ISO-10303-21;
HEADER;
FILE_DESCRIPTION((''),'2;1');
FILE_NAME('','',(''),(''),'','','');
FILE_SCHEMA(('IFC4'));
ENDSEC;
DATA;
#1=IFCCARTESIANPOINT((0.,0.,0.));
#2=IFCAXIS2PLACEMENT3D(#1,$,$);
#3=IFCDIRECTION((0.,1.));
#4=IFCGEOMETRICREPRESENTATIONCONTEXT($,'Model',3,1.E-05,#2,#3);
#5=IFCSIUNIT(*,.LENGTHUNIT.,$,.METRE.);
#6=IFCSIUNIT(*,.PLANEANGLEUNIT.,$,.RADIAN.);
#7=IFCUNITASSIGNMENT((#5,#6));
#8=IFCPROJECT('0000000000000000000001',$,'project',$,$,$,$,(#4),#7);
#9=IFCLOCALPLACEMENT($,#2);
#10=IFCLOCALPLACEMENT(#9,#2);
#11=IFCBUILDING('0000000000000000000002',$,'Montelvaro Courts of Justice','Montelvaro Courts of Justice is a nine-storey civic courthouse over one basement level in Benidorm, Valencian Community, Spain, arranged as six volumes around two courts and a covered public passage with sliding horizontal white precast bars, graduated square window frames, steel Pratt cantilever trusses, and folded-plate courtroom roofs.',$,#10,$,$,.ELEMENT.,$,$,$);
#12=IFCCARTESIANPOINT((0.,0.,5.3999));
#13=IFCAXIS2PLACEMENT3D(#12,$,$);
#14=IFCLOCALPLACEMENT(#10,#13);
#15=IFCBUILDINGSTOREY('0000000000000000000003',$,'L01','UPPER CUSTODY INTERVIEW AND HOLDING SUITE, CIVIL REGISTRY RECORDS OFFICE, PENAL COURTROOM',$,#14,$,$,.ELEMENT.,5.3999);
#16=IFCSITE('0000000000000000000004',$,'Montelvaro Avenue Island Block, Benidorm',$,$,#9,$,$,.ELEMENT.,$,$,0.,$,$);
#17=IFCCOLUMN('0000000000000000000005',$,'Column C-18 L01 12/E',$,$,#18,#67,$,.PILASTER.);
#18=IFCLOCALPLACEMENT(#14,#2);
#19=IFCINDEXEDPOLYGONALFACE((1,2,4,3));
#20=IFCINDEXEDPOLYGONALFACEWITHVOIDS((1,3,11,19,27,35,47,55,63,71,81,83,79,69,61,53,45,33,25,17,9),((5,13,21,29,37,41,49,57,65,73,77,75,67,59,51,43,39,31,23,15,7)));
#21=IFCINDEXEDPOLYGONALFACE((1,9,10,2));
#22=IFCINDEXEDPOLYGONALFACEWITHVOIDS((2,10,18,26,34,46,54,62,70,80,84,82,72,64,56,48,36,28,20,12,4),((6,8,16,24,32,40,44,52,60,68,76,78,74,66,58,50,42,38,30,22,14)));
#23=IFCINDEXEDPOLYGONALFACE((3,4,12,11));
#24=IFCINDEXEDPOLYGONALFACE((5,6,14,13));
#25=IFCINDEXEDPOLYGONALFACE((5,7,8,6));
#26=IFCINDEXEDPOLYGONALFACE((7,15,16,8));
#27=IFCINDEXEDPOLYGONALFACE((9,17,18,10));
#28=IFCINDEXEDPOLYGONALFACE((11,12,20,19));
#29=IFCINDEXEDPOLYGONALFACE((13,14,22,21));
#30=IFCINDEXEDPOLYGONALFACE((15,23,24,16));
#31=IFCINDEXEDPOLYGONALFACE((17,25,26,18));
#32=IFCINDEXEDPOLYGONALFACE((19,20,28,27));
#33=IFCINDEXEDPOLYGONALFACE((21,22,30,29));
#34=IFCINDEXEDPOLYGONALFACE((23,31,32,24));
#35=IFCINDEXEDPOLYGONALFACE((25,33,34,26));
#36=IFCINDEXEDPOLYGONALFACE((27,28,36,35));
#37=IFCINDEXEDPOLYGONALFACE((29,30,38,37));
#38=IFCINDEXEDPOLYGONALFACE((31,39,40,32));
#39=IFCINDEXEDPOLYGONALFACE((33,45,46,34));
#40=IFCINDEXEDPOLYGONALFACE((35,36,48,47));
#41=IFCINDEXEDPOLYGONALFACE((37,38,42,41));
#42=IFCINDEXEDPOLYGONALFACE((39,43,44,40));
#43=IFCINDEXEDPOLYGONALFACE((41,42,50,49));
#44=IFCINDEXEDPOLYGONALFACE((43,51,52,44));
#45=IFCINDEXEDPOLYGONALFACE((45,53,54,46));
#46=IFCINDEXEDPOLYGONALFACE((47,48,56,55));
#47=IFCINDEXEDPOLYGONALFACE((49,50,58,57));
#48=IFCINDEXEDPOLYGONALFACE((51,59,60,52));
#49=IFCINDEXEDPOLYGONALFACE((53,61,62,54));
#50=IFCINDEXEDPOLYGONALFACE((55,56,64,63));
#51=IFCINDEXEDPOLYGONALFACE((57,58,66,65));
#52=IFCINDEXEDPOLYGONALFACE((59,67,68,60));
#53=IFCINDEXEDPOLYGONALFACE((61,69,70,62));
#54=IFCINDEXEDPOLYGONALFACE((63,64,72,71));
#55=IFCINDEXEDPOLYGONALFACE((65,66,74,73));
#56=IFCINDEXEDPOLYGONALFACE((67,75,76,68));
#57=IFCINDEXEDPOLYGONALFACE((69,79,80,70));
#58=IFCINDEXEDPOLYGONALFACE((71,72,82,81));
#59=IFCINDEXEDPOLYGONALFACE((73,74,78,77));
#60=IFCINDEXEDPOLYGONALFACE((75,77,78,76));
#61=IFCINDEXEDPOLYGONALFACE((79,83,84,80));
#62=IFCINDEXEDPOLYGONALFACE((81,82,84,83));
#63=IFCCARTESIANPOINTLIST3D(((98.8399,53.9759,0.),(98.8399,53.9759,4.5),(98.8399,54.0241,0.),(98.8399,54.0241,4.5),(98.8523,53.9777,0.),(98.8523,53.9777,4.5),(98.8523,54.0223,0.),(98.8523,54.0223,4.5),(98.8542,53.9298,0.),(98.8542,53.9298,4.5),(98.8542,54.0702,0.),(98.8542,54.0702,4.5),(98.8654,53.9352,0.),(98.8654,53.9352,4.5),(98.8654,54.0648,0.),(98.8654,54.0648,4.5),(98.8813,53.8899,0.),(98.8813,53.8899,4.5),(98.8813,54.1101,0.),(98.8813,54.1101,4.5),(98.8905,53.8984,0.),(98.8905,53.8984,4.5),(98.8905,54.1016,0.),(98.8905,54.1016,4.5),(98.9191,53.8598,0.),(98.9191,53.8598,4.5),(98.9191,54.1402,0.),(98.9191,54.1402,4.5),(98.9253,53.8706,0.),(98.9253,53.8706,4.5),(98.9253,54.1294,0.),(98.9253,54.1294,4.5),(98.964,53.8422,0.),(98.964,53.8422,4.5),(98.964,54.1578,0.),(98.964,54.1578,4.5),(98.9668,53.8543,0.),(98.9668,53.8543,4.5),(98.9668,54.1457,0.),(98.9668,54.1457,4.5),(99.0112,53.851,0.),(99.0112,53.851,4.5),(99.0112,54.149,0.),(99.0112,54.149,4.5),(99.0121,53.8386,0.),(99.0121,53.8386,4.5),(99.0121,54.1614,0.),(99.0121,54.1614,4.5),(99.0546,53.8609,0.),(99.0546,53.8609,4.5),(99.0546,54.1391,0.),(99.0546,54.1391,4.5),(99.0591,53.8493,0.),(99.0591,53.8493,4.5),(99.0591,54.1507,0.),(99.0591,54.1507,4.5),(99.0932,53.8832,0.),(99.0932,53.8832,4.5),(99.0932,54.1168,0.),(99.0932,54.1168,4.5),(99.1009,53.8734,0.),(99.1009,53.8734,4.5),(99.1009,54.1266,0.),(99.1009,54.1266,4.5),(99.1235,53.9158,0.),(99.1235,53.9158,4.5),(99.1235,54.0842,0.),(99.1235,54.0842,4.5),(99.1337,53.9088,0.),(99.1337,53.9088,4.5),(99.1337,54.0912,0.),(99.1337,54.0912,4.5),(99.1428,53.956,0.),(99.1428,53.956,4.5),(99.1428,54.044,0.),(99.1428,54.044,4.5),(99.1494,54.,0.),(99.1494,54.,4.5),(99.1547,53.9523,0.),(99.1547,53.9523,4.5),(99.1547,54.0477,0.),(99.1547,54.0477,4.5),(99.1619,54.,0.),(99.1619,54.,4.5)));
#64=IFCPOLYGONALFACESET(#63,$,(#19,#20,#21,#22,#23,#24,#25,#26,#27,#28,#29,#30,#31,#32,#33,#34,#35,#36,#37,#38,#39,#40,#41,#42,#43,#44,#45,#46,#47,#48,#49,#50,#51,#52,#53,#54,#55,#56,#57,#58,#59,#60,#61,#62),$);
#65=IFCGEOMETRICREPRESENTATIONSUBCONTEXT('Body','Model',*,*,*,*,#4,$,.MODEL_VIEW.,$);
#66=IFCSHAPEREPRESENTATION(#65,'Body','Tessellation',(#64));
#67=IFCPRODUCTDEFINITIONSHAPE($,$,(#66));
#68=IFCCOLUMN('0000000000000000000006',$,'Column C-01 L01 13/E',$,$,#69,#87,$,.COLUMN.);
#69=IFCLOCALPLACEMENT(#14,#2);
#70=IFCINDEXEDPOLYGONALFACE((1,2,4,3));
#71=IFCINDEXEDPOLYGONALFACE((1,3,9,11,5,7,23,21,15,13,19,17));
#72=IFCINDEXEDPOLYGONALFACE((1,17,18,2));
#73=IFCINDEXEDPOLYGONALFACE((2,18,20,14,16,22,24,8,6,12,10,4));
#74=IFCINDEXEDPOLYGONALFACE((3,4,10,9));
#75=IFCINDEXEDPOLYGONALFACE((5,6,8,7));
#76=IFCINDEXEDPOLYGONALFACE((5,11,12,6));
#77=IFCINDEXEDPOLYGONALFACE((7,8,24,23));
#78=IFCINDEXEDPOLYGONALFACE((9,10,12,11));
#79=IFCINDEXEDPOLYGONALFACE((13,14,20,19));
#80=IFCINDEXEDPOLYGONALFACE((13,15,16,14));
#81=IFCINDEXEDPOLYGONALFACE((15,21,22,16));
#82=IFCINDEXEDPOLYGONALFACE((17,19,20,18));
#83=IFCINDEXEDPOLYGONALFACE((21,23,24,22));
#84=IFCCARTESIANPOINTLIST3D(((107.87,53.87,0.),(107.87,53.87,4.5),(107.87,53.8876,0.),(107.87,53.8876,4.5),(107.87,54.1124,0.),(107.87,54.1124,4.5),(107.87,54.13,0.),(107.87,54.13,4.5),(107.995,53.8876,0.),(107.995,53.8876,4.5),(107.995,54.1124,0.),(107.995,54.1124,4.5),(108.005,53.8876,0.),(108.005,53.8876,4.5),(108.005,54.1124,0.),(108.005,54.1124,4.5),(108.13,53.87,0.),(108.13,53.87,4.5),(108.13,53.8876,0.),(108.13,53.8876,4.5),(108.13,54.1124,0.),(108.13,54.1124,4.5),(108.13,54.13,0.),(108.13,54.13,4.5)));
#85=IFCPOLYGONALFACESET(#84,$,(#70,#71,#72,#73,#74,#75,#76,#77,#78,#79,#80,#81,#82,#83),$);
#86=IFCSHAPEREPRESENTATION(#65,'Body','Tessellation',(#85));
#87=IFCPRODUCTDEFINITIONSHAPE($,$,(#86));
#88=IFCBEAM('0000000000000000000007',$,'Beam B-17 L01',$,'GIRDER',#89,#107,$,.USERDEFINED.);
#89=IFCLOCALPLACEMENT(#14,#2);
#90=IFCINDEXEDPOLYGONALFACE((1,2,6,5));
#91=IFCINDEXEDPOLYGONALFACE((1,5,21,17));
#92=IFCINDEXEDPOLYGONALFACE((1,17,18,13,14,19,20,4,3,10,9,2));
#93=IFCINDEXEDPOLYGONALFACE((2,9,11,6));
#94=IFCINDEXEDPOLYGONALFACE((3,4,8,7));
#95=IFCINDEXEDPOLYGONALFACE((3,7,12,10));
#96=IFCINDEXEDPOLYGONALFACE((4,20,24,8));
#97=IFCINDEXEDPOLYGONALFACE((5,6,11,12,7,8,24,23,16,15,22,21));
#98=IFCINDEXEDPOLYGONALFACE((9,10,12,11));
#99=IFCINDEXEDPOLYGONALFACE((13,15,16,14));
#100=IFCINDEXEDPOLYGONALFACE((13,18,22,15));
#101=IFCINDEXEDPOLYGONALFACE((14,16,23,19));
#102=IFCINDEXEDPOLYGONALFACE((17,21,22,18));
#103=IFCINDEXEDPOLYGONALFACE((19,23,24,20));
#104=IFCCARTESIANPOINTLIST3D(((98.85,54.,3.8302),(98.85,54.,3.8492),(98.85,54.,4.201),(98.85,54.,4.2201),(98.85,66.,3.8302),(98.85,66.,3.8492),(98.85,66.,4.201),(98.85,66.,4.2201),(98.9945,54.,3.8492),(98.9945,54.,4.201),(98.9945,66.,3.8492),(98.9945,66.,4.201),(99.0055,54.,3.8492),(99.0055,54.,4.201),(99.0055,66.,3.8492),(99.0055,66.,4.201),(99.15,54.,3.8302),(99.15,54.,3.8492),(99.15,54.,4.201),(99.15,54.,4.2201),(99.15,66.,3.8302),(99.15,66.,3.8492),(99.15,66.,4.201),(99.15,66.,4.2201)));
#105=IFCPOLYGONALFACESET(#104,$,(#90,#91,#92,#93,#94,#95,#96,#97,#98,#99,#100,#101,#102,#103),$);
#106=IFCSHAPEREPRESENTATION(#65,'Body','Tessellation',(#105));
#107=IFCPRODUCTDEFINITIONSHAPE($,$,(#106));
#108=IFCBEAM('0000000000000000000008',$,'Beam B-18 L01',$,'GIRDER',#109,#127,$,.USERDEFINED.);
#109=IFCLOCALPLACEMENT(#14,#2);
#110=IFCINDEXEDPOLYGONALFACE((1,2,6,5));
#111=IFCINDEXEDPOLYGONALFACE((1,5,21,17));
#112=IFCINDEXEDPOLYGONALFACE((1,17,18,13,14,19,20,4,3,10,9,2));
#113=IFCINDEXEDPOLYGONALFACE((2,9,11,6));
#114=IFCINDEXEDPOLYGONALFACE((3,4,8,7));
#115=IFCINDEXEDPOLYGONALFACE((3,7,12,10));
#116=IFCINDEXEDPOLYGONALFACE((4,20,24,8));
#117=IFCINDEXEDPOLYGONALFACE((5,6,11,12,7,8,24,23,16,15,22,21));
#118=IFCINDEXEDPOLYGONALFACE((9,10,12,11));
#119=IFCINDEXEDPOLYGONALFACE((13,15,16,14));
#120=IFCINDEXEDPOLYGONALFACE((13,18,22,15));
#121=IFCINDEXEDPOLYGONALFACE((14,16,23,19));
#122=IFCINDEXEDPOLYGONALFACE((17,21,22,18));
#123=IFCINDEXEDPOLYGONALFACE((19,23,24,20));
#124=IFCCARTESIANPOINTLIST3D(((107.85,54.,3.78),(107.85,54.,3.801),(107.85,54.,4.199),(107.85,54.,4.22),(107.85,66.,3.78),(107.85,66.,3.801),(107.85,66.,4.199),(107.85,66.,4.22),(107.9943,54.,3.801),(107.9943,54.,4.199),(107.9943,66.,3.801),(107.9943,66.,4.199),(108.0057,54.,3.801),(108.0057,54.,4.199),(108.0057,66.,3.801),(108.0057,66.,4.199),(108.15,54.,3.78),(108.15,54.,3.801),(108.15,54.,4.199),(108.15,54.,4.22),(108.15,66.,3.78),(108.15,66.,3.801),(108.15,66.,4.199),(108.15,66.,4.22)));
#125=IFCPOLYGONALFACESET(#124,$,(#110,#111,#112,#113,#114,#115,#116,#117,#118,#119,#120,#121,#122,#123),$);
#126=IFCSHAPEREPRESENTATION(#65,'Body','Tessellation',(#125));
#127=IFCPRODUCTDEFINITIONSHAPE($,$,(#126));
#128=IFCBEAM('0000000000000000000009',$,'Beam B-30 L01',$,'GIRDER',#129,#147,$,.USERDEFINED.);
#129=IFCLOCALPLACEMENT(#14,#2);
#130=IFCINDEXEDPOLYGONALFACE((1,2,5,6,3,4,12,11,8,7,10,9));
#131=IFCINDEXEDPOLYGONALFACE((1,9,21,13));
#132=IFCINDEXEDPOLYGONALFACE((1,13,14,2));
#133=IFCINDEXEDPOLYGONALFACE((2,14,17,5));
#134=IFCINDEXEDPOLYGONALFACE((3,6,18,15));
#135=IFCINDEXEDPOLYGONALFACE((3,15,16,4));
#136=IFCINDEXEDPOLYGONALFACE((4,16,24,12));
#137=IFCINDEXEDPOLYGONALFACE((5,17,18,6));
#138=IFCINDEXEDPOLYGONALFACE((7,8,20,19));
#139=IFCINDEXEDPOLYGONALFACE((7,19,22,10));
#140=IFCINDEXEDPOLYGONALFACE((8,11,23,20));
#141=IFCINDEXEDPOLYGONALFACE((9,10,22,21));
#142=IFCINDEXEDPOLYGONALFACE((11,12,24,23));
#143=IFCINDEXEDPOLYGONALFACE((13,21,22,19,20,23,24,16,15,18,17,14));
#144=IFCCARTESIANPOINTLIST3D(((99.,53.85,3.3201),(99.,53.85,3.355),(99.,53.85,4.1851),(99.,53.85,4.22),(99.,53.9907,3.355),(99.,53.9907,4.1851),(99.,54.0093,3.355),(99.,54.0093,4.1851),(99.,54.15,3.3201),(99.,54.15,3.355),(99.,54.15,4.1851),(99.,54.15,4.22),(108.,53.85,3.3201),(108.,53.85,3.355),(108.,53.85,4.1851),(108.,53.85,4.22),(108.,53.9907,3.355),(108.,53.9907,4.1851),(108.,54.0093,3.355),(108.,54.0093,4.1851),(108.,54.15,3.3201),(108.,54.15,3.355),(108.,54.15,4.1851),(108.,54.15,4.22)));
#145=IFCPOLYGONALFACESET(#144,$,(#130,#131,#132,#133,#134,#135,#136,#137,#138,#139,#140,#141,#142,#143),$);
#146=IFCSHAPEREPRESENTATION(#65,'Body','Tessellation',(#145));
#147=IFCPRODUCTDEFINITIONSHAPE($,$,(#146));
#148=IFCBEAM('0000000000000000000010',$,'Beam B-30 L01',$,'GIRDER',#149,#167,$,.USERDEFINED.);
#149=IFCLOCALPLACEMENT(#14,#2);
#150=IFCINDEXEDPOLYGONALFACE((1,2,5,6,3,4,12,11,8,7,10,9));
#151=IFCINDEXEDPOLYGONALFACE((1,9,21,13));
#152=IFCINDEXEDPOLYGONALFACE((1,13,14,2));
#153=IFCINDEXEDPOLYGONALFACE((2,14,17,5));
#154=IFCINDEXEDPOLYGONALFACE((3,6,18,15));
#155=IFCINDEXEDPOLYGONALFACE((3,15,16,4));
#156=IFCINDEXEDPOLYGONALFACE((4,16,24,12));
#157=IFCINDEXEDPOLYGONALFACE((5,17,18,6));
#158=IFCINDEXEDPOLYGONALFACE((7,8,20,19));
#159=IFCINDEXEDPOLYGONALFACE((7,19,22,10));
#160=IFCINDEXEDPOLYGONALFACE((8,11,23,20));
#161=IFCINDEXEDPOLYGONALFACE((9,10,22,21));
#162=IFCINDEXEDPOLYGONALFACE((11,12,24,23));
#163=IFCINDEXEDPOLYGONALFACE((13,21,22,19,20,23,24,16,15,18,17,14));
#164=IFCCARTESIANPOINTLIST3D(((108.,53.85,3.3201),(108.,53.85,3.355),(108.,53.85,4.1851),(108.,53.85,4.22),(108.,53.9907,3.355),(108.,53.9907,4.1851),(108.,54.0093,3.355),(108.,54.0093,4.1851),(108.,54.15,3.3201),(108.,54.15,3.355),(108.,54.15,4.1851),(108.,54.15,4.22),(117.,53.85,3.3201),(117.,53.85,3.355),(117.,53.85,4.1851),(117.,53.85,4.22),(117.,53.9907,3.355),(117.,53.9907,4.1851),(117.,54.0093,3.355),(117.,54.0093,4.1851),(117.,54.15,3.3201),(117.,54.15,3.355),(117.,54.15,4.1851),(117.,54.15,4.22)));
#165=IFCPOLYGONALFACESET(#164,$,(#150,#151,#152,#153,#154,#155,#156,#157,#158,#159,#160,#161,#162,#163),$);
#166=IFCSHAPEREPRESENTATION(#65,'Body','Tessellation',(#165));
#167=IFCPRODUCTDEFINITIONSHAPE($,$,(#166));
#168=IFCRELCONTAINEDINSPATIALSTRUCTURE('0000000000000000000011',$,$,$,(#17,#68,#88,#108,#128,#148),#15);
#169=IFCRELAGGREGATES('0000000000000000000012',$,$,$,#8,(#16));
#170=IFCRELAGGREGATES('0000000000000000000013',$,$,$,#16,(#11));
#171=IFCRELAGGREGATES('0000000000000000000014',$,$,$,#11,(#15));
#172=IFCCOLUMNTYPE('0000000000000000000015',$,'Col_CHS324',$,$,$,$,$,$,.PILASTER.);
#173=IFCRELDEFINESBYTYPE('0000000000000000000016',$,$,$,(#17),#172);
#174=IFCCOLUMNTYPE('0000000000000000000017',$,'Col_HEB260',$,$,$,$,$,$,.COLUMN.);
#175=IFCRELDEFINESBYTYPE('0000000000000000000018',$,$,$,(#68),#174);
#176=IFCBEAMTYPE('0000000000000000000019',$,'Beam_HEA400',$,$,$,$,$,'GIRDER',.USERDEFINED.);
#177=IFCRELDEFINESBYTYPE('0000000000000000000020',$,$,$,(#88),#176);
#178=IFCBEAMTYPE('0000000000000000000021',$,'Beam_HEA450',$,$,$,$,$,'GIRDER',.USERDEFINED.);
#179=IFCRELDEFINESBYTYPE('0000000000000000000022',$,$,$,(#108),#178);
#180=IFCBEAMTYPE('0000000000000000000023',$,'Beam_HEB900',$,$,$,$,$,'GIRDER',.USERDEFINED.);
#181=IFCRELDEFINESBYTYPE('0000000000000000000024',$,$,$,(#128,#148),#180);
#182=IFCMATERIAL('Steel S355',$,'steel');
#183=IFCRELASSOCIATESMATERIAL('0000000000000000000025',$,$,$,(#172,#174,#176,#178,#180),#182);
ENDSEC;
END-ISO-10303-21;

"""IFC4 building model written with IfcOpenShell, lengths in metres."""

from ifc_helpers import new_model, si_unit, direction, frame, origin, origin_2d, place, context, subcontext, project, spatial, hollow_circle, i_section, extrude, material, material_profile, profile_set, type_object, element, save


model = new_model("IFC4")

# Units and contexts
model_context = context("Model", 3, precision=1e-05, world=origin(), true_north=direction((0.0, 1.0)))
body_context = subcontext(model_context, "Body", "Model", "MODEL_VIEW")
ifc_project = project(units=[si_unit("LENGTHUNIT", "METRE"), si_unit("PLANEANGLEUNIT", "RADIAN")], contexts=[model_context])

# Site, building, storey
site_placement = place(None, origin())
site = spatial("IfcSite", under=ifc_project, at=site_placement, Name="Montelvaro Avenue Island Block, Benidorm", CompositionType="ELEMENT", RefElevation=0.0)
building_placement = place(site_placement, origin())
building = spatial("IfcBuilding", under=site, at=building_placement, Name="Montelvaro Courts of Justice", Description="Montelvaro Courts of Justice is a nine-storey civic courthouse over one basement level in Benidorm, Valencian Community, Spain, arranged as six volumes around two courts and a covered public passage with sliding horizontal white precast bars, graduated square window frames, steel Pratt cantilever trusses, and folded-plate courtroom roofs.", CompositionType="ELEMENT")
storey_placement = place(building_placement, frame((0.0, 0.0, 5.3999)))
storey = spatial("IfcBuildingStorey", under=building, at=storey_placement, Name="L01", Description="UPPER CUSTODY INTERVIEW AND HOLDING SUITE, CIVIL REGISTRY RECORDS OFFICE, PENAL COURTROOM", CompositionType="ELEMENT", Elevation=5.3999)

# Columns
ifc_material_1 = material(Name="Steel S355", Category="steel")
ifc_material_profile_1 = material_profile(ifc_material_1, hollow_circle(Radius=0.1619, WallThickness=0.0125, at=origin_2d()), Name="CHS 323.9x12.5")
ifc_profile_set_1 = profile_set([ifc_material_profile_1], Name="Steel S355")
column_type_1 = type_object("IfcColumnType", Name="Col_CHS324", PredefinedType="PILASTER", material=ifc_profile_set_1)
column_1_placement = place(storey_placement, frame((99.0, 54.0, 0.0), z_axis=(0.0, 0.0, 1.0), x_axis=(1.0, 0.0, 0.0)))
element("IfcColumn", 1, at=column_1_placement, inside=storey, type_object=column_type_1, Name="Column C-18 L01 12/E", PredefinedType="PILASTER", context=body_context, shape_type="SweptSolid", body=[
    extrude(hollow_circle(Radius=0.1619, WallThickness=0.0125, at=origin_2d()), origin(), (0.0, 0.0, 1.0), 4.5),
])
ifc_material_profile_2 = material_profile(ifc_material_1, i_section(OverallWidth=0.26, OverallDepth=0.26, WebThickness=0.01, FlangeThickness=0.0176, at=origin_2d()), Name="HEB 260")
ifc_profile_set_2 = profile_set([ifc_material_profile_2], Name="Steel S355")
column_type_2 = type_object("IfcColumnType", Name="Col_HEB260", PredefinedType="COLUMN", material=ifc_profile_set_2)
column_2_placement = place(storey_placement, frame((108.0, 54.0, 0.0), z_axis=(0.0, 0.0, 1.0), x_axis=(1.0, 0.0, 0.0)))
element("IfcColumn", 2, at=column_2_placement, inside=storey, type_object=column_type_2, Name="Column C-01 L01 13/E", PredefinedType="COLUMN", context=body_context, shape_type="SweptSolid", body=[
    extrude(i_section(OverallWidth=0.26, OverallDepth=0.26, WebThickness=0.01, FlangeThickness=0.0176, at=origin_2d()), origin(), (0.0, 0.0, 1.0), 4.5),
])

# Beams
ifc_material_profile_3 = material_profile(ifc_material_1, i_section(OverallWidth=0.3, OverallDepth=0.3899, WebThickness=0.011, FlangeThickness=0.019, at=origin_2d()), Name="HEA 400")
ifc_profile_set_3 = profile_set([ifc_material_profile_3], Name="Steel S355")
beam_type_1 = type_object("IfcBeamType", Name="Beam_HEA400", ElementType="GIRDER", PredefinedType="USERDEFINED", material=ifc_profile_set_3)
beam_1_placement = place(storey_placement, frame((99.0, 54.0, 4.0251), z_axis=(0.0, 1.0, 0.0), x_axis=(-1.0, 0.0, 0.0)))
element("IfcBeam", 3, at=beam_1_placement, inside=storey, type_object=beam_type_1, Name="Beam B-17 L01", ObjectType="GIRDER", PredefinedType="USERDEFINED", context=body_context, shape_type="SweptSolid", body=[
    extrude(i_section(OverallWidth=0.3, OverallDepth=0.3899, WebThickness=0.011, FlangeThickness=0.019, at=origin_2d()), origin(), (0.0, 0.0, 1.0), 12.0),
])
ifc_material_profile_4 = material_profile(ifc_material_1, i_section(OverallWidth=0.3, OverallDepth=0.4399, WebThickness=0.0115, FlangeThickness=0.021, at=origin_2d()), Name="HEA 450")
ifc_profile_set_4 = profile_set([ifc_material_profile_4], Name="Steel S355")
beam_type_2 = type_object("IfcBeamType", Name="Beam_HEA450", ElementType="GIRDER", PredefinedType="USERDEFINED", material=ifc_profile_set_4)
beam_2_placement = place(storey_placement, frame((108.0, 54.0, 4.0), z_axis=(0.0, 1.0, 0.0), x_axis=(-1.0, 0.0, 0.0)))
element("IfcBeam", 4, at=beam_2_placement, inside=storey, type_object=beam_type_2, Name="Beam B-18 L01", ObjectType="GIRDER", PredefinedType="USERDEFINED", context=body_context, shape_type="SweptSolid", body=[
    extrude(i_section(OverallWidth=0.3, OverallDepth=0.4399, WebThickness=0.0115, FlangeThickness=0.021, at=origin_2d()), origin(), (0.0, 0.0, 1.0), 12.0),
])
ifc_material_profile_5 = material_profile(ifc_material_1, i_section(OverallWidth=0.3, OverallDepth=0.8999, WebThickness=0.0186, FlangeThickness=0.0349, at=origin_2d()), Name="HEB 900")
ifc_profile_set_5 = profile_set([ifc_material_profile_5], Name="Steel S355")
beam_type_3 = type_object("IfcBeamType", Name="Beam_HEB900", ElementType="GIRDER", PredefinedType="USERDEFINED", material=ifc_profile_set_5)
for number, where, z_axis, x_axis, name in (
    (5, (99.0, 54.0, 3.77), (1.0, 0.0, 0.0), (0.0, 1.0, 0.0), "Beam B-30 L01"),
    (6, (108.0, 54.0, 3.77), (1.0, 0.0, 0.0), (0.0, 1.0, 0.0), "Beam B-30 L01"),
):
    element("IfcBeam", number, at=place(storey_placement, frame(where, z_axis=z_axis, x_axis=x_axis)), inside=storey, type_object=beam_type_3, Name=name, ObjectType="GIRDER", PredefinedType="USERDEFINED", context=body_context, shape_type="SweptSolid", body=[
        extrude(i_section(OverallWidth=0.3, OverallDepth=0.8999, WebThickness=0.0186, FlangeThickness=0.0349, at=origin_2d()), origin(), (0.0, 0.0, 1.0), 9.0),
    ])

save(model, "model.ifc")
